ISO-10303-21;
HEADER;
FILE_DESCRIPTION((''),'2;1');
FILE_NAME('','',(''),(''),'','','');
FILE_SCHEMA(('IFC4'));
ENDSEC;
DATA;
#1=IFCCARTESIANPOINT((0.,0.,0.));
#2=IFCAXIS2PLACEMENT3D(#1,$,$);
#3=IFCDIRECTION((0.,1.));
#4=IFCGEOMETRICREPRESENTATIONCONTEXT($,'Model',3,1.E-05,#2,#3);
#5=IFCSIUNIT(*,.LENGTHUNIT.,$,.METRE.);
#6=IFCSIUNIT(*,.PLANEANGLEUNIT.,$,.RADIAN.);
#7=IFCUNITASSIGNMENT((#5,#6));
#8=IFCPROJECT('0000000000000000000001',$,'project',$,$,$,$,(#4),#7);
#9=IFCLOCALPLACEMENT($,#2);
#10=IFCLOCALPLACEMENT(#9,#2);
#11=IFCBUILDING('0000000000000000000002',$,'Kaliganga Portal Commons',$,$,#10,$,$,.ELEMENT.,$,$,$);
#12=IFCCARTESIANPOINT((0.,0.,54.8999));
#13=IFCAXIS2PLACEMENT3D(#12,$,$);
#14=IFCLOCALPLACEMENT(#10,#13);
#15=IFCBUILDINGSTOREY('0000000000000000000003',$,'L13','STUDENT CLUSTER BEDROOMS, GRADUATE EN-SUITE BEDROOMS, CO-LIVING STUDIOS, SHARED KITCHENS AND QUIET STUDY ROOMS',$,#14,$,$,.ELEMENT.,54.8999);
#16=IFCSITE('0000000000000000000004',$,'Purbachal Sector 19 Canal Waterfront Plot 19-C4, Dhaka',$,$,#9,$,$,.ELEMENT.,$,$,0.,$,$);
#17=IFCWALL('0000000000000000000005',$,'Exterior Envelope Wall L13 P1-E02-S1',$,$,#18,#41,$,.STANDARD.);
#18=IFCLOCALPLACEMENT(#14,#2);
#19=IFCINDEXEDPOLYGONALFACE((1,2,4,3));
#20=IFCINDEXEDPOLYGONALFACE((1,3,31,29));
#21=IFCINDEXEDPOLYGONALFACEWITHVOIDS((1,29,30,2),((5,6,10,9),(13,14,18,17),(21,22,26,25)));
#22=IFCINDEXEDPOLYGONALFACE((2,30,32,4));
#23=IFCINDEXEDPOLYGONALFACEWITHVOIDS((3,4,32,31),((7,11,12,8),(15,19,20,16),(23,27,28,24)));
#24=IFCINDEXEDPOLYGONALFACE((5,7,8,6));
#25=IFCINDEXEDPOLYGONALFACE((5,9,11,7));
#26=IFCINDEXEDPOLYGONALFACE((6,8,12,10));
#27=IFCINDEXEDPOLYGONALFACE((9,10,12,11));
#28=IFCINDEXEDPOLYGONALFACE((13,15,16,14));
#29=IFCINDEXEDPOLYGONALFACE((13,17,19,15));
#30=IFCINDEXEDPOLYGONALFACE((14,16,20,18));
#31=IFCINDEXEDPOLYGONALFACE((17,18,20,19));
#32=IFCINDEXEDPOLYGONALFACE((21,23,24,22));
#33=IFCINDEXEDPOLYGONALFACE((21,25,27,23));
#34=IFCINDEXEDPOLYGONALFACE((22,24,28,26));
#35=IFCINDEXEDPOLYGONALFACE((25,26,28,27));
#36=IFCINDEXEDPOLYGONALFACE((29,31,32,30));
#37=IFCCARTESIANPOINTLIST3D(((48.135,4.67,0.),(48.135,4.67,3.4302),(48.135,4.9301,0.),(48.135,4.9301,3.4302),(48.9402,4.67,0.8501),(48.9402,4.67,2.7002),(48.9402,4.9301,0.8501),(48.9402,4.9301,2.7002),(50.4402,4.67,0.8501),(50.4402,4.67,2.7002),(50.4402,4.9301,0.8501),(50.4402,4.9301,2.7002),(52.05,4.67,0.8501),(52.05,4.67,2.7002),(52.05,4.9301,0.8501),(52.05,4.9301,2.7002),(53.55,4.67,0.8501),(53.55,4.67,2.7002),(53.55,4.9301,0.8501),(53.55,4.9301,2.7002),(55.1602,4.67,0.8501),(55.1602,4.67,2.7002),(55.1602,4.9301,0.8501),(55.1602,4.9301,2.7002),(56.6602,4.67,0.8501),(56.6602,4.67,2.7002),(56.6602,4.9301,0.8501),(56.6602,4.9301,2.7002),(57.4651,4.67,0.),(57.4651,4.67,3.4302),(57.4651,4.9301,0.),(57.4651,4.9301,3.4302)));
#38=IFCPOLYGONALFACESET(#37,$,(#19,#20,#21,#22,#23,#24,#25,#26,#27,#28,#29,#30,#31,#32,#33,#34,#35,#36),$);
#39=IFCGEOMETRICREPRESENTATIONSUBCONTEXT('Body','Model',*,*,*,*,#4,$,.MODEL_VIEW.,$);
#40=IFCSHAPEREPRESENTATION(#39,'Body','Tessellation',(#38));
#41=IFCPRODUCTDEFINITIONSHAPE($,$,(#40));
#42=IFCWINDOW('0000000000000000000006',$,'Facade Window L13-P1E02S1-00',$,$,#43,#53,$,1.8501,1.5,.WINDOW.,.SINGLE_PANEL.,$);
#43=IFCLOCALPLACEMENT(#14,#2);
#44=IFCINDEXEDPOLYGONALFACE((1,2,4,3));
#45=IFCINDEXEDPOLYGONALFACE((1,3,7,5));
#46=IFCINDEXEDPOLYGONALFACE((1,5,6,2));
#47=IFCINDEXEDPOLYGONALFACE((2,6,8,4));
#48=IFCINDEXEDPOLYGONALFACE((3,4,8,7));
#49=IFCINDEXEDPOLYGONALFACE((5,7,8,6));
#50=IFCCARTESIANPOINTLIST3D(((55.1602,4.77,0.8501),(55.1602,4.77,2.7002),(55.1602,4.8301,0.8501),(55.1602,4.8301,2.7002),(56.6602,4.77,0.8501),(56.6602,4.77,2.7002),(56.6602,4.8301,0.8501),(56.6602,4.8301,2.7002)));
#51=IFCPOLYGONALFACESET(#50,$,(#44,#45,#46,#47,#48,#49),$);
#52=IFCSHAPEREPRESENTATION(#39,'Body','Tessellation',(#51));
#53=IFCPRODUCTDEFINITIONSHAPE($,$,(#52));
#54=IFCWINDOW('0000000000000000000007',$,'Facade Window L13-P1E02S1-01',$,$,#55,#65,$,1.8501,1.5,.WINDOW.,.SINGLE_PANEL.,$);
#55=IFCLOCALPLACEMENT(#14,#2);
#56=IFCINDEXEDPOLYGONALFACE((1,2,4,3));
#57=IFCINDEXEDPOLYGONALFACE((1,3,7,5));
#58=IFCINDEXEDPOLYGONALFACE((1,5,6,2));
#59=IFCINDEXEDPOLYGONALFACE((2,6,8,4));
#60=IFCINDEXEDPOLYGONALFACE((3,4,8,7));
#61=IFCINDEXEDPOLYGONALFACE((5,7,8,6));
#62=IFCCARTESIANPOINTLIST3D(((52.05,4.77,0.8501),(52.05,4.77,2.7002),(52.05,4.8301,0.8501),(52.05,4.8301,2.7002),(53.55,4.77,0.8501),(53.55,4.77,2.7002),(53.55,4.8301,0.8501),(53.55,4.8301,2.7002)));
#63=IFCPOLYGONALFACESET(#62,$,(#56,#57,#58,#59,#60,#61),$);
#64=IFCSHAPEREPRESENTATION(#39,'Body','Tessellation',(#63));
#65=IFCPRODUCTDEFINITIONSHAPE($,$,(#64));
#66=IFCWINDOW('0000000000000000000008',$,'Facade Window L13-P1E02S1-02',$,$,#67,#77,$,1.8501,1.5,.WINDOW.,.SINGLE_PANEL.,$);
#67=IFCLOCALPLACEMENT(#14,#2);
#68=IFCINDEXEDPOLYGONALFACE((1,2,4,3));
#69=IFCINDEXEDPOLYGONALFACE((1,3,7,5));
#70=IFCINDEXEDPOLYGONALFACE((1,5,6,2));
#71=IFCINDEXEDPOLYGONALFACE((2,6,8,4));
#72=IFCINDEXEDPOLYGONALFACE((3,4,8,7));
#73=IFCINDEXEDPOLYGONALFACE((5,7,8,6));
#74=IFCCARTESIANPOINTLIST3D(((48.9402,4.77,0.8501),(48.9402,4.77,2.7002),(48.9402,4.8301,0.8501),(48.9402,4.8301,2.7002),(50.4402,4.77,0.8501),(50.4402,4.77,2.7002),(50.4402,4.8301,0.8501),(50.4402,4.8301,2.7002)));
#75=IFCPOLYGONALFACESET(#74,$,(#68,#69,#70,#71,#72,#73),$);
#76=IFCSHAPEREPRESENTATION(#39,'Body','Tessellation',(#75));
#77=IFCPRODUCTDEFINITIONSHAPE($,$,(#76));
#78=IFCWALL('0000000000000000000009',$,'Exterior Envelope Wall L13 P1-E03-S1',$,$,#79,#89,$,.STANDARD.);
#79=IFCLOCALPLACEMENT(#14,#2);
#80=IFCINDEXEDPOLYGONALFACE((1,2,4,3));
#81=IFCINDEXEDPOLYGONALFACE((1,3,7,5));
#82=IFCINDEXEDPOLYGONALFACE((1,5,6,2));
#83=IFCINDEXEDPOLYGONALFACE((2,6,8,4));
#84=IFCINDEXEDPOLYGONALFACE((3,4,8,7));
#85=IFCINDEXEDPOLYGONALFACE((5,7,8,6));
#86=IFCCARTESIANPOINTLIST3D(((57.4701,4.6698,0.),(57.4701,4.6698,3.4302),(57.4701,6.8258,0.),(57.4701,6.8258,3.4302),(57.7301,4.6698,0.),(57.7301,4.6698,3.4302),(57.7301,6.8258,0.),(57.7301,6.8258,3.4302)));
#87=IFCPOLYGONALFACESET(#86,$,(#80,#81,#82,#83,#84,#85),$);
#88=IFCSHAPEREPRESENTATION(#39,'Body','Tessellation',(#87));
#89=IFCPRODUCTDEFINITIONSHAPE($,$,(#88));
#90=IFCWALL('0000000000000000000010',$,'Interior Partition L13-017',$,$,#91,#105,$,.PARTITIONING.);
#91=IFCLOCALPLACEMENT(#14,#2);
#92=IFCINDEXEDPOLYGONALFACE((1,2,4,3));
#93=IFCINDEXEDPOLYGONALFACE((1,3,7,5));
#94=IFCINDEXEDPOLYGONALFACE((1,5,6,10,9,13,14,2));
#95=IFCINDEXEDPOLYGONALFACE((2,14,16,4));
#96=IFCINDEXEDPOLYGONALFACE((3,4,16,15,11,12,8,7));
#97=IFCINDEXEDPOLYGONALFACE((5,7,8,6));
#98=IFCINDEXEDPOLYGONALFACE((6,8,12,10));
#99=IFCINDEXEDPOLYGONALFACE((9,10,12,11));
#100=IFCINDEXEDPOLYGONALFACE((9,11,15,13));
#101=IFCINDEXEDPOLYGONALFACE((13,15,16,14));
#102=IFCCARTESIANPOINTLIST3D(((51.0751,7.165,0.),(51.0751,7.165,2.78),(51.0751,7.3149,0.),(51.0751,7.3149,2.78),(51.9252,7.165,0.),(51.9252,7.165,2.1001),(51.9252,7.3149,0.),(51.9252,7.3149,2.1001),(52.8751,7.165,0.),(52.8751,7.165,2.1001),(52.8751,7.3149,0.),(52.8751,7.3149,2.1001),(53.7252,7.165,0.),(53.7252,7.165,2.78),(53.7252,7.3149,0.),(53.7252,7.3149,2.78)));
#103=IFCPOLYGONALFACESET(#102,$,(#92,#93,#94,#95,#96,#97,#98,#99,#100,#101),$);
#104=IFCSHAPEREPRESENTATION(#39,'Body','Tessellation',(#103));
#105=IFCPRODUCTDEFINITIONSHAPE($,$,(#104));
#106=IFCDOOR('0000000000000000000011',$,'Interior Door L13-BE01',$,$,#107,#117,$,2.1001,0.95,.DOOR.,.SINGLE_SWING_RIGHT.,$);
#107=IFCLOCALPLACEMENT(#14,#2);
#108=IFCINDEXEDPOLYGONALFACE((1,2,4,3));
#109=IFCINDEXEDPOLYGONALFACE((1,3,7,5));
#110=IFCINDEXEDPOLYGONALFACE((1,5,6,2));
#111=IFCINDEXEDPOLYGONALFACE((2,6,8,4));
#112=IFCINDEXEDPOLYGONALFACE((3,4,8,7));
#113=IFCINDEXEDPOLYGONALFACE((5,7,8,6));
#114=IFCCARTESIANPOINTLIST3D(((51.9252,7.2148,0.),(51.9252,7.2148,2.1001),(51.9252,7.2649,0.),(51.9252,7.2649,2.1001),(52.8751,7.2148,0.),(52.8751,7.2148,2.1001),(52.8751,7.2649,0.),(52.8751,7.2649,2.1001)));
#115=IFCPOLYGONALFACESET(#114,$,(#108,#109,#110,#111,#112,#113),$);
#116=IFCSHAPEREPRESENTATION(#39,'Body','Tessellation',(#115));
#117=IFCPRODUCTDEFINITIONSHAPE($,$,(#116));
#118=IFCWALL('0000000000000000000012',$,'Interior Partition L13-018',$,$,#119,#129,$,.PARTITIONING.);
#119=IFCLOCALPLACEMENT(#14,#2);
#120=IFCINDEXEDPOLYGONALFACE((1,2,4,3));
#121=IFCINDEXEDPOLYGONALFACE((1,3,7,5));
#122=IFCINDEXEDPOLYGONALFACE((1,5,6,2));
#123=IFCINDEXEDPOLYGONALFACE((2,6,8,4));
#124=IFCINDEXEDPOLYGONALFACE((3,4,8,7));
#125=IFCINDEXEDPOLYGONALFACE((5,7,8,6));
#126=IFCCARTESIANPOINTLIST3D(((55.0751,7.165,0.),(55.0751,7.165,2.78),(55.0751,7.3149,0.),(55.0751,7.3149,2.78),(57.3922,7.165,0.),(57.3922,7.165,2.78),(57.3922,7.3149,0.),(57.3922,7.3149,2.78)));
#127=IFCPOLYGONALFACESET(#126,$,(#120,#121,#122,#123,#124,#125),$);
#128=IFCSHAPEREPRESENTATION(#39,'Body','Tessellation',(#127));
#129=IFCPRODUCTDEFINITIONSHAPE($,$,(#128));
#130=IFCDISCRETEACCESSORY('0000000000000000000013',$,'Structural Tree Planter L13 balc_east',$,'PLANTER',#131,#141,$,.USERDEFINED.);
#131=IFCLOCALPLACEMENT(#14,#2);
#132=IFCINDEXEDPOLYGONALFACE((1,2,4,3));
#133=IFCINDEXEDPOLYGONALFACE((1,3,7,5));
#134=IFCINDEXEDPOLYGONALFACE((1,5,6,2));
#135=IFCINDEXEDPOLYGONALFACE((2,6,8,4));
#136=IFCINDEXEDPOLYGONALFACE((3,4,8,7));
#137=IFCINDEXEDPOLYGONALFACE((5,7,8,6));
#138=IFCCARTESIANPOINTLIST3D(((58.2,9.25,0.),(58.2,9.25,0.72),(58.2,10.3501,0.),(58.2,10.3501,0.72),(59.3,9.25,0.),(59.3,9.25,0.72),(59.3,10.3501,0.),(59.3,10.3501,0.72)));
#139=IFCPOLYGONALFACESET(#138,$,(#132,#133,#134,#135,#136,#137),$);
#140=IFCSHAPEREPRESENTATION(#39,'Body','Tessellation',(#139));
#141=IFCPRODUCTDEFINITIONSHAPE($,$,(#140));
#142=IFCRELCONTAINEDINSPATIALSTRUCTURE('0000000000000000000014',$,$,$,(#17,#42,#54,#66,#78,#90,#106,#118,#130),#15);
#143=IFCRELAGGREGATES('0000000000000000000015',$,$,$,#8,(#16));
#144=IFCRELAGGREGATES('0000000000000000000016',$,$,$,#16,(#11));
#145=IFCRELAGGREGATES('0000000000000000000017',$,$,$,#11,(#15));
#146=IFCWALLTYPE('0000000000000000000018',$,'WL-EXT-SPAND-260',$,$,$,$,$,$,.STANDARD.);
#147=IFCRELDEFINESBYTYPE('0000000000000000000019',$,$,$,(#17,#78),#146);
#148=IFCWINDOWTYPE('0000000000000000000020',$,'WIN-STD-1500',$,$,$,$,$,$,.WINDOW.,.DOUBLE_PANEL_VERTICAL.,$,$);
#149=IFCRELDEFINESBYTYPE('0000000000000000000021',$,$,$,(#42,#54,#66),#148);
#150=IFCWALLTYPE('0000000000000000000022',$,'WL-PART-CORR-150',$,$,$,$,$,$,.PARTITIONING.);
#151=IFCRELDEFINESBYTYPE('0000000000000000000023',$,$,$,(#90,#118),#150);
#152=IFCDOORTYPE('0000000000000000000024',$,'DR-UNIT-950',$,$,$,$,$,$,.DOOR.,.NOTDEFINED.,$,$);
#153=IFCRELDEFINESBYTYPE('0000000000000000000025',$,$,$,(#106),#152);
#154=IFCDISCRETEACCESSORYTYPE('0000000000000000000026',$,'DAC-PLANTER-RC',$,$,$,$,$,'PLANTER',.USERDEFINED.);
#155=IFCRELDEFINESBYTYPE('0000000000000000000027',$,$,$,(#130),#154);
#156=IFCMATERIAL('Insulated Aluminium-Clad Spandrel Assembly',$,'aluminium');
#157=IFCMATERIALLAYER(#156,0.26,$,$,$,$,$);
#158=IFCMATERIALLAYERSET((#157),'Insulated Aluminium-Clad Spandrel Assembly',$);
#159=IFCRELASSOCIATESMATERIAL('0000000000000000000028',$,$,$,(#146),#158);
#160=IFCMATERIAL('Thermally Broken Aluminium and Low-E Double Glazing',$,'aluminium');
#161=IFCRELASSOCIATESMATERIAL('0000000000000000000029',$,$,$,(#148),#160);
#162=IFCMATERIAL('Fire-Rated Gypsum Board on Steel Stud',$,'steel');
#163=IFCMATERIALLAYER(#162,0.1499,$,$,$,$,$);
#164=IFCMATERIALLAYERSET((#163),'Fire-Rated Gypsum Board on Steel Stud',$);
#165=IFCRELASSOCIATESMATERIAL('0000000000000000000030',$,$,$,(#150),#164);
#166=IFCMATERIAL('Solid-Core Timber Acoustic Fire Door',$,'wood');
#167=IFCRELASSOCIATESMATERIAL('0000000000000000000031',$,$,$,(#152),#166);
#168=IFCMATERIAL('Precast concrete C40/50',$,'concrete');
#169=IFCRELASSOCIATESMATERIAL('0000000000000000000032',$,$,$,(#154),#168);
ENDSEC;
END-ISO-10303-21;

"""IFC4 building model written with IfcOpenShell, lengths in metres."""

from ifc_helpers import new_model, si_unit, direction, frame, frame_2d, origin, origin_2d, place, context, subcontext, project, spatial, rectangle, extrude, source, transform, mapped, material, layer, layer_set, type_object, element, fill, save


model = new_model("IFC4")

# Units and contexts
model_context = context("Model", 3, precision=1e-05, world=origin(), true_north=direction((0.0, 1.0)))
body_context = subcontext(model_context, "Body", "Model", "MODEL_VIEW")
ifc_project = project(units=[si_unit("LENGTHUNIT", "METRE"), si_unit("PLANEANGLEUNIT", "RADIAN")], contexts=[model_context])

# Site, building, storey
site_placement = place(None, origin())
site = spatial("IfcSite", under=ifc_project, at=site_placement, Name="Purbachal Sector 19 Canal Waterfront Plot 19-C4, Dhaka", CompositionType="ELEMENT", RefElevation=0.0)
building_placement = place(site_placement, origin())
building = spatial("IfcBuilding", under=site, at=building_placement, Name="Kaliganga Portal Commons", CompositionType="ELEMENT")
storey_placement = place(building_placement, frame((0.0, 0.0, 54.8999)))
storey = spatial("IfcBuildingStorey", under=building, at=storey_placement, Name="L13", Description="STUDENT CLUSTER BEDROOMS, GRADUATE EN-SUITE BEDROOMS, CO-LIVING STUDIOS, SHARED KITCHENS AND QUIET STUDY ROOMS", CompositionType="ELEMENT", Elevation=54.8999)

# Wall, openings, windows
ifc_material_1 = material(Name="Insulated Aluminium-Clad Spandrel Assembly", Category="aluminium")
ifc_layer_1 = layer(ifc_material_1, 0.26)
ifc_layer_set_1 = layer_set([ifc_layer_1], Name="Insulated Aluminium-Clad Spandrel Assembly")
wall_type_1 = type_object("IfcWallType", Name="WL-EXT-SPAND-260", PredefinedType="STANDARD", material=ifc_layer_set_1)
wall_1_placement = place(storey_placement, frame((57.4651, 4.8, 0.0), z_axis=(0.0, 0.0, 1.0), x_axis=(-1.0, 0.0, 0.0)))
wall_1 = element("IfcWall", 1, at=wall_1_placement, inside=storey, type_object=wall_type_1, Name="Exterior Envelope Wall L13 P1-E02-S1", PredefinedType="STANDARD", context=body_context, shape_type="SweptSolid", body=[
    extrude(rectangle(XDim=9.3301, YDim=0.26, at=frame_2d((4.665, 0.0))), origin(), (0.0, 0.0, 1.0), 3.4302),
])
opening_1_placement = place(wall_1_placement, frame((0.8049, 0.0, 0.8501)))
opening_1 = element("IfcOpeningElement", 2, at=opening_1_placement, cuts=wall_1, PredefinedType="OPENING", context=body_context, shape_type="SweptSolid", body=[
    extrude(rectangle(XDim=1.5, YDim=1.8501, at=frame_2d((0.75, 0.925))), frame((0.0, 0.1401, 0.0), z_axis=(0.0, -1.0, 0.0), x_axis=(1.0, 0.0, 0.0)), (0.0, 0.0, 1.0), 0.28),
])
opening_2_placement = place(wall_1_placement, frame((3.915, 0.0, 0.8501)))
opening_2 = element("IfcOpeningElement", 3, at=opening_2_placement, cuts=wall_1, PredefinedType="OPENING", context=body_context, shape_type="SweptSolid", body=[
    extrude(rectangle(XDim=1.5, YDim=1.8501, at=frame_2d((0.75, 0.925))), frame((0.0, 0.1401, 0.0), z_axis=(0.0, -1.0, 0.0), x_axis=(1.0, 0.0, 0.0)), (0.0, 0.0, 1.0), 0.28),
])
opening_3_placement = place(wall_1_placement, frame((7.0249, 0.0, 0.8501)))
opening_3 = element("IfcOpeningElement", 4, at=opening_3_placement, cuts=wall_1, PredefinedType="OPENING", context=body_context, shape_type="SweptSolid", body=[
    extrude(rectangle(XDim=1.5, YDim=1.8501, at=frame_2d((0.75, 0.925))), frame((0.0, 0.1401, 0.0), z_axis=(0.0, -1.0, 0.0), x_axis=(1.0, 0.0, 0.0)), (0.0, 0.0, 1.0), 0.28),
])
ifc_material_2 = material(Name="Thermally Broken Aluminium and Low-E Double Glazing", Category="aluminium")
window_type = type_object("IfcWindowType", Name="WIN-STD-1500", PartitioningType="DOUBLE_PANEL_VERTICAL", PredefinedType="WINDOW", material=ifc_material_2)
window_1_placement = place(opening_1_placement, origin())
window_1 = element("IfcWindow", 5, at=window_1_placement, inside=storey, type_object=window_type, Name="Facade Window L13-P1E02S1-00", OverallHeight=1.8501, OverallWidth=1.5, PartitioningType="SINGLE_PANEL", PredefinedType="WINDOW", context=body_context, shape_type="SweptSolid", body=[
    extrude(rectangle(XDim=1.5, YDim=1.8501, at=frame_2d((0.75, 0.925))), frame((0.0, 0.03, 0.0), z_axis=(0.0, -1.0, 0.0), x_axis=(1.0, 0.0, 0.0)), (0.0, 0.0, 1.0), 0.0601),
])
fill(opening_1, window_1)
window_2_placement = place(opening_2_placement, origin())
window_2 = element("IfcWindow", 6, at=window_2_placement, inside=storey, type_object=window_type, Name="Facade Window L13-P1E02S1-01", OverallHeight=1.8501, OverallWidth=1.5, PartitioningType="SINGLE_PANEL", PredefinedType="WINDOW", context=body_context, shape_type="SweptSolid", body=[
    extrude(rectangle(XDim=1.5, YDim=1.8501, at=frame_2d((0.75, 0.925))), frame((0.0, 0.03, 0.0), z_axis=(0.0, -1.0, 0.0), x_axis=(1.0, 0.0, 0.0)), (0.0, 0.0, 1.0), 0.0601),
])
fill(opening_2, window_2)
window_3_placement = place(opening_3_placement, origin())
window_3 = element("IfcWindow", 7, at=window_3_placement, inside=storey, type_object=window_type, Name="Facade Window L13-P1E02S1-02", OverallHeight=1.8501, OverallWidth=1.5, PartitioningType="SINGLE_PANEL", PredefinedType="WINDOW", context=body_context, shape_type="SweptSolid", body=[
    extrude(rectangle(XDim=1.5, YDim=1.8501, at=frame_2d((0.75, 0.925))), frame((0.0, 0.03, 0.0), z_axis=(0.0, -1.0, 0.0), x_axis=(1.0, 0.0, 0.0)), (0.0, 0.0, 1.0), 0.0601),
])
fill(opening_3, window_3)

# Wall
wall_2_placement = place(storey_placement, frame((57.6001, 6.8259, 0.0), z_axis=(0.0, 0.0, 1.0), x_axis=(0.0, -1.0, 0.0)))
element("IfcWall", 8, at=wall_2_placement, inside=storey, type_object=wall_type_1, Name="Exterior Envelope Wall L13 P1-E03-S1", PredefinedType="STANDARD", context=body_context, shape_type="SweptSolid", body=[
    extrude(rectangle(XDim=2.156, YDim=0.26, at=frame_2d((1.0781, 0.0))), origin(), (0.0, 0.0, 1.0), 3.4302),
])

# Wall, opening, door
ifc_material_3 = material(Name="Fire-Rated Gypsum Board on Steel Stud", Category="steel")
ifc_layer_2 = layer(ifc_material_3, 0.1499)
ifc_layer_set_2 = layer_set([ifc_layer_2], Name="Fire-Rated Gypsum Board on Steel Stud")
wall_type_2 = type_object("IfcWallType", Name="WL-PART-CORR-150", PredefinedType="PARTITIONING", material=ifc_layer_set_2)
wall_3_placement = place(storey_placement, frame((51.075, 7.24, 0.0), z_axis=(0.0, 0.0, 1.0), x_axis=(1.0, 0.0, 0.0)))
wall_3 = element("IfcWall", 9, at=wall_3_placement, inside=storey, type_object=wall_type_2, Name="Interior Partition L13-017", PredefinedType="PARTITIONING", context=body_context, shape_type="SweptSolid", body=[
    extrude(rectangle(XDim=2.6501, YDim=0.1499, at=frame_2d((1.3252, 0.0))), origin(), (0.0, 0.0, 1.0), 2.78),
])
opening_4_placement = place(wall_3_placement, frame((0.8501, 0.0, 0.0)))
opening_4 = element("IfcOpeningElement", 10, at=opening_4_placement, cuts=wall_3, PredefinedType="OPENING", context=body_context, shape_type="SweptSolid", body=[
    extrude(rectangle(XDim=0.95, YDim=2.1001, at=frame_2d((0.4751, 1.05))), frame((0.0, 0.085, 0.0), z_axis=(0.0, -1.0, 0.0), x_axis=(1.0, 0.0, 0.0)), (0.0, 0.0, 1.0), 0.1699),
])
ifc_material_4 = material(Name="Solid-Core Timber Acoustic Fire Door", Category="wood")
door_type = type_object("IfcDoorType", Name="DR-UNIT-950", OperationType="NOTDEFINED", PredefinedType="DOOR", material=ifc_material_4)
door_placement = place(opening_4_placement, origin())
door = element("IfcDoor", 11, at=door_placement, inside=storey, type_object=door_type, Name="Interior Door L13-BE01", OperationType="SINGLE_SWING_RIGHT", OverallHeight=2.1001, OverallWidth=0.95, PredefinedType="DOOR", context=body_context, shape_type="SweptSolid", body=[
    extrude(rectangle(XDim=0.95, YDim=2.1001, at=frame_2d((0.4751, 1.05))), frame((0.0, 0.0249, 0.0), z_axis=(0.0, -1.0, 0.0), x_axis=(1.0, 0.0, 0.0)), (0.0, 0.0, 1.0), 0.05),
])
fill(opening_4, door)

# Wall
wall_4_placement = place(storey_placement, frame((55.075, 7.24, 0.0), z_axis=(0.0, 0.0, 1.0), x_axis=(1.0, 0.0, 0.0)))
element("IfcWall", 12, at=wall_4_placement, inside=storey, type_object=wall_type_2, Name="Interior Partition L13-018", PredefinedType="PARTITIONING", context=body_context, shape_type="SweptSolid", body=[
    extrude(rectangle(XDim=2.3171, YDim=0.1499, at=frame_2d((1.1587, 0.0))), origin(), (0.0, 0.0, 1.0), 2.78),
])

# Discrete accessory
ifc_material_5 = material(Name="Precast concrete C40/50", Category="concrete")
discrete_accessory_type = type_object("IfcDiscreteAccessoryType", Name="DAC-PLANTER-RC", ElementType="PLANTER", PredefinedType="USERDEFINED", material=ifc_material_5)
shared_shape_1 = source(origin(), body_context, "Body", "SweptSolid", [
    extrude(rectangle(XDim=1.1001, YDim=1.1001, at=origin_2d()), origin(), (0.0, 0.0, 1.0), 0.72),
])
discrete_accessory_placement = place(storey_placement, frame((58.75, 9.8, 0.0), z_axis=(0.0, 0.0, 1.0), x_axis=(1.0, 0.0, 0.0)))
element("IfcDiscreteAccessory", 13, at=discrete_accessory_placement, inside=storey, type_object=discrete_accessory_type, Name="Structural Tree Planter L13 balc_east", ObjectType="PLANTER", PredefinedType="USERDEFINED", context=body_context, shape_type="MappedRepresentation", body=[
    mapped(shared_shape_1, transform((0.0, 0.0, 0.0), x_axis=(1.0, 0.0, 0.0), y_axis=(0.0, 1.0, 0.0), z_axis=(0.0, 0.0, 1.0), scale=1.0)),
])

save(model, "model.ifc")
